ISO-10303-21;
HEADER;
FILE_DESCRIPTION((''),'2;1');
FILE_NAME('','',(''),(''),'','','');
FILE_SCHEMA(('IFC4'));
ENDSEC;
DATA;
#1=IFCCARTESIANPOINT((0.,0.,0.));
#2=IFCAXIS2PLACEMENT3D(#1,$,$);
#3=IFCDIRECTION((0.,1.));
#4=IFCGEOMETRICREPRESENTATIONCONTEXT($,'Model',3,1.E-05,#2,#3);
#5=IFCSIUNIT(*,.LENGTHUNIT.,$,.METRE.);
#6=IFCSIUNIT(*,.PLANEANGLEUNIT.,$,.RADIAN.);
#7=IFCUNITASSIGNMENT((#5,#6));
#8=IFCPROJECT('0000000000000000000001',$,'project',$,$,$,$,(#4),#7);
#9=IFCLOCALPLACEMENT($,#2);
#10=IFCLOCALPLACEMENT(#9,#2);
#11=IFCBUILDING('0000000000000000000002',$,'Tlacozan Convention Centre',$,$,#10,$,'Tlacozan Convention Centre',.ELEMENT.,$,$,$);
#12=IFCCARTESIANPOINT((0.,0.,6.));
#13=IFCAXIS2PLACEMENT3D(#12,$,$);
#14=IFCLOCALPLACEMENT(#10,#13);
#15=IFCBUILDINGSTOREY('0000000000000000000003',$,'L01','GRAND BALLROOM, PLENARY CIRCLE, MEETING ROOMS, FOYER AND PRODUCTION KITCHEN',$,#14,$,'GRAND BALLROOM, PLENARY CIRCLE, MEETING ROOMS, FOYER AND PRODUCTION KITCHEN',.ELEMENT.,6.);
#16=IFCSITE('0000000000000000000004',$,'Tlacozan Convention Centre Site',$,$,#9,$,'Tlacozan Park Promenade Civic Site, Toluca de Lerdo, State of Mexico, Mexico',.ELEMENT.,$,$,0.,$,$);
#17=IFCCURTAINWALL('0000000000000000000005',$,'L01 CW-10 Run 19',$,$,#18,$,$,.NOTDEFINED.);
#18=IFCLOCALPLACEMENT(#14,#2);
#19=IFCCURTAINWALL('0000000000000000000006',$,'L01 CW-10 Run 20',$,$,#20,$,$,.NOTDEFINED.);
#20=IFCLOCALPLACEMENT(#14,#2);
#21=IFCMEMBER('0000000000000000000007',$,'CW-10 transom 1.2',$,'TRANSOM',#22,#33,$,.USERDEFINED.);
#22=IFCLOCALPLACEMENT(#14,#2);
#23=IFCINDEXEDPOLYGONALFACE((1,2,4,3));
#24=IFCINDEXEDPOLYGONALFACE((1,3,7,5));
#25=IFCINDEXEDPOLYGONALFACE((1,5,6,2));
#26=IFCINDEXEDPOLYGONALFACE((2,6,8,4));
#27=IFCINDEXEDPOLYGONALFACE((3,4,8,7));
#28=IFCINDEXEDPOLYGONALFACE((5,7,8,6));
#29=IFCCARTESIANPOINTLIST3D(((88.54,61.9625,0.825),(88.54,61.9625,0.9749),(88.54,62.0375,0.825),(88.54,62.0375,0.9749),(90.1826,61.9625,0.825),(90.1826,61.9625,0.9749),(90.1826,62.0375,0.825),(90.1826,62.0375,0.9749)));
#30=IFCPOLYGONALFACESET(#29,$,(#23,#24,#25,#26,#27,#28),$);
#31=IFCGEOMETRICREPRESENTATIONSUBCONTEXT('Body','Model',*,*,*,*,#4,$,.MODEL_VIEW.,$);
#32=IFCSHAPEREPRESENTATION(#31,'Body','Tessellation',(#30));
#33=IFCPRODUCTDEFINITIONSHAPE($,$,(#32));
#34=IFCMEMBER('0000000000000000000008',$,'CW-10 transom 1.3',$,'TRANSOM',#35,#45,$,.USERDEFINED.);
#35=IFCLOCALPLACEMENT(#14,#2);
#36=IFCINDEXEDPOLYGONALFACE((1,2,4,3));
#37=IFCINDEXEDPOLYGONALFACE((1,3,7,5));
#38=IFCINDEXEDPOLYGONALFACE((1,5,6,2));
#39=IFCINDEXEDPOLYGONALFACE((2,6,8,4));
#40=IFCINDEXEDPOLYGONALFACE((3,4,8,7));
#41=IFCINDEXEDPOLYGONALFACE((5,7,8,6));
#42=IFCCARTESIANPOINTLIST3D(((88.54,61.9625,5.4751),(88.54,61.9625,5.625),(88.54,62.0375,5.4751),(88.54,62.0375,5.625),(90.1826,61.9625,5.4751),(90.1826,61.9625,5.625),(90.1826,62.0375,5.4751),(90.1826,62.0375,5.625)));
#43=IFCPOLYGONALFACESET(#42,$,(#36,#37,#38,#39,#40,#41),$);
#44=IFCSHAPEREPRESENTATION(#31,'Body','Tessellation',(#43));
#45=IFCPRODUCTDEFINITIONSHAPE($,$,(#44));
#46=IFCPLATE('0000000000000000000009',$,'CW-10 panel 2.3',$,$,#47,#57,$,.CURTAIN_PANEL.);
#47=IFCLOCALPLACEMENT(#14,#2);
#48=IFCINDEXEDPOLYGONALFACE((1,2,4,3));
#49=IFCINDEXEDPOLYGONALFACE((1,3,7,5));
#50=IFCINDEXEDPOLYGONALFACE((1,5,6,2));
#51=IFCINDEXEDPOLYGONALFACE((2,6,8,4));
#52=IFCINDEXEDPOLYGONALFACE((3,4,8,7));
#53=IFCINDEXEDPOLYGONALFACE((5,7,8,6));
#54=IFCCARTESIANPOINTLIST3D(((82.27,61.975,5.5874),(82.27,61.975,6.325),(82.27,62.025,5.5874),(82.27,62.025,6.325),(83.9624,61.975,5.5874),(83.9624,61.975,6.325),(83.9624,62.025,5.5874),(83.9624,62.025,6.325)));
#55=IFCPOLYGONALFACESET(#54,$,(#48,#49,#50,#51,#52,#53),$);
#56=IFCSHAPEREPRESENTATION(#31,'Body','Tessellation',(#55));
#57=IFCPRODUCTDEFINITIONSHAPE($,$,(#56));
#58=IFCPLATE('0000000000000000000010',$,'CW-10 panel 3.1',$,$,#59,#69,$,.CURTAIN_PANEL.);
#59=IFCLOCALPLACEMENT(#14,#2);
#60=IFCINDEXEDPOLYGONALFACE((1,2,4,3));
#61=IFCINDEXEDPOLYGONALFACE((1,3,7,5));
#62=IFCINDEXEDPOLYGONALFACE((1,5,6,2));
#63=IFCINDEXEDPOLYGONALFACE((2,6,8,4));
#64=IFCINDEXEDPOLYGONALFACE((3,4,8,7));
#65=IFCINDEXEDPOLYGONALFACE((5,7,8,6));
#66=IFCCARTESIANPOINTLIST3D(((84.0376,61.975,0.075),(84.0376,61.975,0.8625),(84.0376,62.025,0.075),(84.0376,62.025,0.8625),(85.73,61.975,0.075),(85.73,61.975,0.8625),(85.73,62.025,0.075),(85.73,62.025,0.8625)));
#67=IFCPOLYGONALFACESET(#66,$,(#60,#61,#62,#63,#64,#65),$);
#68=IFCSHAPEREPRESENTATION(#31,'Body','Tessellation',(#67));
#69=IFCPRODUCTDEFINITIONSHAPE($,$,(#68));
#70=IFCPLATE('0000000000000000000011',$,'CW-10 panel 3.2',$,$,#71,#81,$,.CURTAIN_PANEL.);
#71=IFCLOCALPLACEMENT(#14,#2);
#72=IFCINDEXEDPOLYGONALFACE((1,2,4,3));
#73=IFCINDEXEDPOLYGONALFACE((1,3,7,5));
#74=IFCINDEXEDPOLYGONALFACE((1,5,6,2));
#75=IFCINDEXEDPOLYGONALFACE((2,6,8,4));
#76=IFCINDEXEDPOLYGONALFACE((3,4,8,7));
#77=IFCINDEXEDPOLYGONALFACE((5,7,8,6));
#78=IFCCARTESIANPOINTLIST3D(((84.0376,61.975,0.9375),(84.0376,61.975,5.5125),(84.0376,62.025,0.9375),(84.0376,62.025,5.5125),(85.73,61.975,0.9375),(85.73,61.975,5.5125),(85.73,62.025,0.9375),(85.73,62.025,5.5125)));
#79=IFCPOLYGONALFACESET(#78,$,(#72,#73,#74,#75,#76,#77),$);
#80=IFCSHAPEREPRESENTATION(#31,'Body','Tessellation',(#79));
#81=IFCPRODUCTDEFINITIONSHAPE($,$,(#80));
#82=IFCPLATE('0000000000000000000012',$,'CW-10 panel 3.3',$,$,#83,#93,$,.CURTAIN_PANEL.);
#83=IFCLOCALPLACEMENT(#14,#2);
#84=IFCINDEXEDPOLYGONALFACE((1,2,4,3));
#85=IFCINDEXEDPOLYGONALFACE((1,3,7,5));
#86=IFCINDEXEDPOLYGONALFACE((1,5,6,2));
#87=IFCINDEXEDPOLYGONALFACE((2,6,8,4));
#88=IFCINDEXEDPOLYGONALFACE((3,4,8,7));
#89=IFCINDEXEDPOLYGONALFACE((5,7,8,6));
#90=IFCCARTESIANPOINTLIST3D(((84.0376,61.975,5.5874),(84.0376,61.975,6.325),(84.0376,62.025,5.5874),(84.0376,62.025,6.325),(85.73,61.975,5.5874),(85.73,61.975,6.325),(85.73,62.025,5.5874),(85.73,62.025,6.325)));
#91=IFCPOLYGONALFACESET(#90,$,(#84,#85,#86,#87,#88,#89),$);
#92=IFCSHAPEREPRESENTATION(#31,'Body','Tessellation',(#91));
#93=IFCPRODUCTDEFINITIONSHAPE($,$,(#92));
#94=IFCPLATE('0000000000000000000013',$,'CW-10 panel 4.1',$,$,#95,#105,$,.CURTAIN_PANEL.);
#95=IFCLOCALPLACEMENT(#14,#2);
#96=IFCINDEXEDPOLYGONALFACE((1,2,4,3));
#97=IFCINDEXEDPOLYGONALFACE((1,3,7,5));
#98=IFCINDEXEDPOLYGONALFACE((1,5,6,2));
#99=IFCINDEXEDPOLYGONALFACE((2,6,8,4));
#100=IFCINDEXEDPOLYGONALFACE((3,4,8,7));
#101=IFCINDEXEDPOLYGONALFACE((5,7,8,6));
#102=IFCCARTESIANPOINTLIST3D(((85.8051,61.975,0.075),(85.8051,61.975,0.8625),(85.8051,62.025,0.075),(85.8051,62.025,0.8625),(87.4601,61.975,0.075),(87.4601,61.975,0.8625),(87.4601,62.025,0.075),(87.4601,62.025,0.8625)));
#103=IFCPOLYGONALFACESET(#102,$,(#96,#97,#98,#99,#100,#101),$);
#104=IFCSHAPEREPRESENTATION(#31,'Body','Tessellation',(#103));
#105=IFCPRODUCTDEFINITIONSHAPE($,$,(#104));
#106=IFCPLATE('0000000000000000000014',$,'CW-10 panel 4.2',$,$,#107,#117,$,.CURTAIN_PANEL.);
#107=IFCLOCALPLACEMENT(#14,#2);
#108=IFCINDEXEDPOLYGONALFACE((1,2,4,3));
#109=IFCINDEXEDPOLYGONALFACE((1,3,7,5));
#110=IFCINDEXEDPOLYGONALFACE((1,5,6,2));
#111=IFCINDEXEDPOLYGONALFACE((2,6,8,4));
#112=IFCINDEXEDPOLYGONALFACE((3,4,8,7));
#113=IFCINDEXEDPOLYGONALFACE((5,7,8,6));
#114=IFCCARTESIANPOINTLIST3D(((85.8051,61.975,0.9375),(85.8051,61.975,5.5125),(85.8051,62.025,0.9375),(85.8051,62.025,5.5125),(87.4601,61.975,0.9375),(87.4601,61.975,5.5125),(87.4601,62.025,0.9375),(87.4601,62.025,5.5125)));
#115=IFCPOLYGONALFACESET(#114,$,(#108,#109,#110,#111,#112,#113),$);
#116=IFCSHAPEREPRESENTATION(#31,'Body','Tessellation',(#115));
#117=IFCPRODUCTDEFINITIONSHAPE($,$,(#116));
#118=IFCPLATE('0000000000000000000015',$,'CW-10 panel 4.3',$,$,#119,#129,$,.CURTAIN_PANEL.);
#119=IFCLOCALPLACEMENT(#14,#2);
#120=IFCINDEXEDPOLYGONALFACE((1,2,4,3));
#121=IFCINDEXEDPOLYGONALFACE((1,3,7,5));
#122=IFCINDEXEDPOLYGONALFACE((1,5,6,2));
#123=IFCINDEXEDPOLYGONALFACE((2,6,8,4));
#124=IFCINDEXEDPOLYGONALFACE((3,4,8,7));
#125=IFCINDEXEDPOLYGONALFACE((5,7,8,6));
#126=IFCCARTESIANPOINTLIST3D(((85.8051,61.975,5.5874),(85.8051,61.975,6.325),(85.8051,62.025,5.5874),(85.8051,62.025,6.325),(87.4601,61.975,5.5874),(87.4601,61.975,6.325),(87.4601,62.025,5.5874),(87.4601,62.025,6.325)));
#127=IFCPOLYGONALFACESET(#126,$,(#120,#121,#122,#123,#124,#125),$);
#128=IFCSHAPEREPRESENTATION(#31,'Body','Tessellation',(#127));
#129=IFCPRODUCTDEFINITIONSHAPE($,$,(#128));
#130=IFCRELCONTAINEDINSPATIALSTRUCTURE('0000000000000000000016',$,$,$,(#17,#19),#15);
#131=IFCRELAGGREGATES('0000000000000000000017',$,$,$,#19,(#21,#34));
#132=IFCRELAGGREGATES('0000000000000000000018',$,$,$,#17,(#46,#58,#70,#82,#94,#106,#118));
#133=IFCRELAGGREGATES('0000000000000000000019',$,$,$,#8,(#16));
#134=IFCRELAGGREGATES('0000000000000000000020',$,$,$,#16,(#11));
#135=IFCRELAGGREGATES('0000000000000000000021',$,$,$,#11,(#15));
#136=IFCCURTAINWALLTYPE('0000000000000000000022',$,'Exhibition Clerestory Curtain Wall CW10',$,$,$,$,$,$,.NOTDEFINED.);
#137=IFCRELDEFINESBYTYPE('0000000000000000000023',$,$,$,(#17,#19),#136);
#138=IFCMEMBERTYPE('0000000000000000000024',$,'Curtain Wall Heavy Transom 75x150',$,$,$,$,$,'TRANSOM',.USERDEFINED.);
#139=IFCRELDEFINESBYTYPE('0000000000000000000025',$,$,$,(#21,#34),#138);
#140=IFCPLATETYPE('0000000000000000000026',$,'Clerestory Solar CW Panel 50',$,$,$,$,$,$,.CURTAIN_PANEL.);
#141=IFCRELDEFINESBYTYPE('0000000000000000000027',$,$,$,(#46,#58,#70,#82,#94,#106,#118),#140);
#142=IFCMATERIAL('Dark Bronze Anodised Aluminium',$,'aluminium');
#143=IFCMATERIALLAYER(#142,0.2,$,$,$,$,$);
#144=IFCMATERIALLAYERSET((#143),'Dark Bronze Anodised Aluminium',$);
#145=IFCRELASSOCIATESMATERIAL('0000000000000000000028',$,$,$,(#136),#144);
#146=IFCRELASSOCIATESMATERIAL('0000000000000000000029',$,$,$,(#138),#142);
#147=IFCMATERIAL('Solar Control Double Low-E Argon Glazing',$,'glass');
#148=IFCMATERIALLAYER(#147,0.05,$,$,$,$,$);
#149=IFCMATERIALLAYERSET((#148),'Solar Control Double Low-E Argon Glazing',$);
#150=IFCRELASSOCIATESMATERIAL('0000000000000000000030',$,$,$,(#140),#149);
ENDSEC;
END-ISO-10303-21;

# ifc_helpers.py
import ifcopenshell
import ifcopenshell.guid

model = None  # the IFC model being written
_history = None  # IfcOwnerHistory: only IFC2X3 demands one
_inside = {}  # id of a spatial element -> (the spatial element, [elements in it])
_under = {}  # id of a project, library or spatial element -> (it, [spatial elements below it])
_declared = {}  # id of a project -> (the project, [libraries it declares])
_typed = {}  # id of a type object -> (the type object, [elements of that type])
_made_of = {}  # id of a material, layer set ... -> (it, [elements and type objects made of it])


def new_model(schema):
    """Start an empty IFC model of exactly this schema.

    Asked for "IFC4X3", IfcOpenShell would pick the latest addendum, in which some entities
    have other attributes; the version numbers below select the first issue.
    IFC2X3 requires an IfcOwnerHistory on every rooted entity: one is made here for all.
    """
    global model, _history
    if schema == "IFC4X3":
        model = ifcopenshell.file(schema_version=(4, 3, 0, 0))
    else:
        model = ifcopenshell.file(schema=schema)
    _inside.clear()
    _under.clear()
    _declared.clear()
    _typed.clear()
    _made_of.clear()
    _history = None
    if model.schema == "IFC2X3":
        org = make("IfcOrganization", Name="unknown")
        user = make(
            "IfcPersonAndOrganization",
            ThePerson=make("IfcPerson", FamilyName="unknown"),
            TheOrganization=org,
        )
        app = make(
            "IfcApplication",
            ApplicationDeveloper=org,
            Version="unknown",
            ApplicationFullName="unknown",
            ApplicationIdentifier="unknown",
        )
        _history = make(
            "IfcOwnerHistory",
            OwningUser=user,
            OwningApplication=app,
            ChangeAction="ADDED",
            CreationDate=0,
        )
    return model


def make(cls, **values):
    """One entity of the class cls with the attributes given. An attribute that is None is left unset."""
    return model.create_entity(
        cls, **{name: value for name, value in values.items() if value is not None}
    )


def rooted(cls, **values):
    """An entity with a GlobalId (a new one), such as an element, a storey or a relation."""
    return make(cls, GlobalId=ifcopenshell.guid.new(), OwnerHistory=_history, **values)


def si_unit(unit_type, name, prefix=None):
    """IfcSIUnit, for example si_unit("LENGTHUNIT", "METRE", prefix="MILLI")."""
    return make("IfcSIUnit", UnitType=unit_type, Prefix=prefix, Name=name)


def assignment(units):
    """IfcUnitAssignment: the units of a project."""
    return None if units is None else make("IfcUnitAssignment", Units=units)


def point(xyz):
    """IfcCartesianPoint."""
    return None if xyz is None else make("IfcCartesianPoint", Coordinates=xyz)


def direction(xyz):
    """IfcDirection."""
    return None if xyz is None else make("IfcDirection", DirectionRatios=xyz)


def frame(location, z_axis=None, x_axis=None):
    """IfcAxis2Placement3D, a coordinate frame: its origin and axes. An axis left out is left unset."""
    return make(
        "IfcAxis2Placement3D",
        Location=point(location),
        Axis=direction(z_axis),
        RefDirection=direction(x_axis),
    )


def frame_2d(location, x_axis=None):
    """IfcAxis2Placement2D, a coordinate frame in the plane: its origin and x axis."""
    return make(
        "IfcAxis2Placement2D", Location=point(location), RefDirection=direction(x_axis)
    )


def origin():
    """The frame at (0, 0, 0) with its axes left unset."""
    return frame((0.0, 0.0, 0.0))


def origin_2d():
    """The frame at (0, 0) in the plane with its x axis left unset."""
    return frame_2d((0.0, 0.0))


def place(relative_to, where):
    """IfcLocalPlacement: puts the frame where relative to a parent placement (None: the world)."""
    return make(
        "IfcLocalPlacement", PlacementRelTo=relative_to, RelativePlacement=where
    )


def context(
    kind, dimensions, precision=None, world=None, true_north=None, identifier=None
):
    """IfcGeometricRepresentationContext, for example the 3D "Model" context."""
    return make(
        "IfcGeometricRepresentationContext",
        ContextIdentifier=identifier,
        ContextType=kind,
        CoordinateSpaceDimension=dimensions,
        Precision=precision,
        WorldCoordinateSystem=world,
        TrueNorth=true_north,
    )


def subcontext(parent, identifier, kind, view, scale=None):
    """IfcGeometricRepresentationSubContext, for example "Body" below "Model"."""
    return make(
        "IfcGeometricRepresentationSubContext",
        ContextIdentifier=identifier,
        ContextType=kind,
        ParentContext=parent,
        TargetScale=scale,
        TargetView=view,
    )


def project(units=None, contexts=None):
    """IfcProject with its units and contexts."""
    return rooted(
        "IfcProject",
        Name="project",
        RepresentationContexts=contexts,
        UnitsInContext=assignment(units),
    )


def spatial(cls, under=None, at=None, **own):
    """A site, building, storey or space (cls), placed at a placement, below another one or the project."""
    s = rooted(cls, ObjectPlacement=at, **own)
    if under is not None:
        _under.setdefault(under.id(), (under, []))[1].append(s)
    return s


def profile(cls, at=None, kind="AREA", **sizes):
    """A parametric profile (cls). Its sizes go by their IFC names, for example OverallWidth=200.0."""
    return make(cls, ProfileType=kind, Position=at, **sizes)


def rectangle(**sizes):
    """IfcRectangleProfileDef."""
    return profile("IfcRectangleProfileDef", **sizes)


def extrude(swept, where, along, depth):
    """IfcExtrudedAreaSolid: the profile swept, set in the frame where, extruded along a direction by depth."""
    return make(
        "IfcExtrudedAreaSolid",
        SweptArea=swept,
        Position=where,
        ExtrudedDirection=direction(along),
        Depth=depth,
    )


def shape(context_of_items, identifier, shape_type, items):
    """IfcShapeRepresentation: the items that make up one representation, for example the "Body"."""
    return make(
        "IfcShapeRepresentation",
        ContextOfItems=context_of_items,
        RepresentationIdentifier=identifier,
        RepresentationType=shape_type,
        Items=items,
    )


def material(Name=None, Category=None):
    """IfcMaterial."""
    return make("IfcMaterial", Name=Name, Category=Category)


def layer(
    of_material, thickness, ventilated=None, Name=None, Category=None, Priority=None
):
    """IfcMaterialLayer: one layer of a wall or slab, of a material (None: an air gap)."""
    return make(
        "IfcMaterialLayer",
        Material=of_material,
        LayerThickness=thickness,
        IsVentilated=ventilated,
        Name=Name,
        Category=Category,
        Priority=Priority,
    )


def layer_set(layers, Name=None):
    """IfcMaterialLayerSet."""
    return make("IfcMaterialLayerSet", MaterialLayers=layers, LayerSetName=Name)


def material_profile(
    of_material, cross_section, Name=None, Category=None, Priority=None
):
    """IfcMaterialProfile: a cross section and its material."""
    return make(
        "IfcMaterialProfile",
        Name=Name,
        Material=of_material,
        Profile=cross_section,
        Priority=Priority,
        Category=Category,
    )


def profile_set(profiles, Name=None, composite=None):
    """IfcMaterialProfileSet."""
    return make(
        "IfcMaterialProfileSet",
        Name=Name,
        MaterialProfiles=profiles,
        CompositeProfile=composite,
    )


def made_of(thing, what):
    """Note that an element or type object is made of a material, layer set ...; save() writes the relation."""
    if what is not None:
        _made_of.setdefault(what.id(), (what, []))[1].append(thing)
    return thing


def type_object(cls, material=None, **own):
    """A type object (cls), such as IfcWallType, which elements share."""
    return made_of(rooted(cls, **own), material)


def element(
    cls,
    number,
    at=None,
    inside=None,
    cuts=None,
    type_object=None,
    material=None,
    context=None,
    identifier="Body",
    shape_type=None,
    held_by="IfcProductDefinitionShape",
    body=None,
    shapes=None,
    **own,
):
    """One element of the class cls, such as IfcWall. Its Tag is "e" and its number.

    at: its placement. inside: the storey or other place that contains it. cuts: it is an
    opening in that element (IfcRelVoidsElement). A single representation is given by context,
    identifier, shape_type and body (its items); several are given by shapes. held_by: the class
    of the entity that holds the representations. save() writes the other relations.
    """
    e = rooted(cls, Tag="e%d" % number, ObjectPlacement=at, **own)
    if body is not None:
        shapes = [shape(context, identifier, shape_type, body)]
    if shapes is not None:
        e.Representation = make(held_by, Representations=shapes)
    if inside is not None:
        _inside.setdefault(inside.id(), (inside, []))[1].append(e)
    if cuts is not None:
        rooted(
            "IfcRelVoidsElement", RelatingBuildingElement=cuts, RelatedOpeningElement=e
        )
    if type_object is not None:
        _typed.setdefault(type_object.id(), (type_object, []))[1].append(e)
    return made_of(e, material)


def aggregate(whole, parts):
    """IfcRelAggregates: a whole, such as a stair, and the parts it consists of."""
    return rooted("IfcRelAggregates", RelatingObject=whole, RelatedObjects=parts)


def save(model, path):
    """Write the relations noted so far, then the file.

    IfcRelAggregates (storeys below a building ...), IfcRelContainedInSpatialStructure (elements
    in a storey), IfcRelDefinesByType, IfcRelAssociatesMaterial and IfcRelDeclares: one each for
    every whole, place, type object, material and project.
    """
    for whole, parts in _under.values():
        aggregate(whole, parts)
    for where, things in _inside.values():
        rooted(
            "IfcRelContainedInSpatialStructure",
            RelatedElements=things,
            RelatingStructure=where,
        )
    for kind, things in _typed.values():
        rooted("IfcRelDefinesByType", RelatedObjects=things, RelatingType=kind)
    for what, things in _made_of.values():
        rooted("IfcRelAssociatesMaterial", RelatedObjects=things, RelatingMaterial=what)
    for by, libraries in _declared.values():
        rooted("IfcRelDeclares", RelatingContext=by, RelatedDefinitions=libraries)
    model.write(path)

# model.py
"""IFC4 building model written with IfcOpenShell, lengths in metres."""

from ifc_helpers import new_model, si_unit, direction, frame, origin, origin_2d, place, context, subcontext, project, spatial, rectangle, extrude, material, layer, layer_set, material_profile, profile_set, type_object, element, aggregate, save


model = new_model("IFC4")

# Units and contexts
model_context = context("Model", 3, precision=1e-05, world=origin(), true_north=direction((0.0, 1.0)))
body_context = subcontext(model_context, "Body", "Model", "MODEL_VIEW")
ifc_project = project(units=[si_unit("LENGTHUNIT", "METRE"), si_unit("PLANEANGLEUNIT", "RADIAN")], contexts=[model_context])

# Site, building, storey
site_placement = place(None, origin())
site = spatial("IfcSite", under=ifc_project, at=site_placement, Name="Tlacozan Convention Centre Site", LongName="Tlacozan Park Promenade Civic Site, Toluca de Lerdo, State of Mexico, Mexico", CompositionType="ELEMENT", RefElevation=0.0)
building_placement = place(site_placement, origin())
building = spatial("IfcBuilding", under=site, at=building_placement, Name="Tlacozan Convention Centre", LongName="Tlacozan Convention Centre", CompositionType="ELEMENT")
storey_placement = place(building_placement, frame((0.0, 0.0, 6.0)))
storey = spatial("IfcBuildingStorey", under=building, at=storey_placement, Name="L01", Description="GRAND BALLROOM, PLENARY CIRCLE, MEETING ROOMS, FOYER AND PRODUCTION KITCHEN", LongName="GRAND BALLROOM, PLENARY CIRCLE, MEETING ROOMS, FOYER AND PRODUCTION KITCHEN", CompositionType="ELEMENT", Elevation=6.0)

# Curtain wall
ifc_material_1 = material(Name="Dark Bronze Anodised Aluminium", Category="aluminium")
ifc_layer_1 = layer(ifc_material_1, 0.2)
ifc_layer_set_1 = layer_set([ifc_layer_1], Name="Dark Bronze Anodised Aluminium")
curtain_wall_type = type_object("IfcCurtainWallType", Name="Exhibition Clerestory Curtain Wall CW10", PredefinedType="NOTDEFINED", material=ifc_layer_set_1)
curtain_wall_1_placement = place(storey_placement, origin())
curtain_wall_1 = element("IfcCurtainWall", 1, at=curtain_wall_1_placement, inside=storey, type_object=curtain_wall_type, Name="L01 CW-10 Run 19", PredefinedType="NOTDEFINED")

# Curtain wall
curtain_wall_2_placement = place(storey_placement, origin())
curtain_wall_2 = element("IfcCurtainWall", 2, at=curtain_wall_2_placement, inside=storey, type_object=curtain_wall_type, Name="L01 CW-10 Run 20", PredefinedType="NOTDEFINED")

# Members
ifc_material_profile_1 = material_profile(ifc_material_1, rectangle(XDim=0.075, YDim=0.1499, at=origin_2d()), Name="ALU 75x150")
ifc_profile_set_1 = profile_set([ifc_material_profile_1], Name="Dark Bronze Anodised Aluminium")
member_type_1 = type_object("IfcMemberType", Name="Curtain Wall Heavy Transom 75x150", ElementType="TRANSOM", PredefinedType="USERDEFINED", material=ifc_profile_set_1)
member_1_placement = place(storey_placement, frame((88.54, 62.0, 0.8999), z_axis=(1.0, 0.0, 0.0), x_axis=(0.0, 1.0, 0.0)))
member_1 = element("IfcMember", 3, at=member_1_placement, type_object=member_type_1, Name="CW-10 transom 1.2", ObjectType="TRANSOM", PredefinedType="USERDEFINED", context=body_context, shape_type="SweptSolid", body=[
    extrude(rectangle(XDim=0.075, YDim=0.1499, at=origin_2d()), origin(), (0.0, 0.0, 1.0), 1.6426),
])
member_2_placement = place(storey_placement, frame((88.54, 62.0, 5.55), z_axis=(1.0, 0.0, 0.0), x_axis=(0.0, 1.0, 0.0)))
member_2 = element("IfcMember", 4, at=member_2_placement, type_object=member_type_1, Name="CW-10 transom 1.3", ObjectType="TRANSOM", PredefinedType="USERDEFINED", context=body_context, shape_type="SweptSolid", body=[
    extrude(rectangle(XDim=0.075, YDim=0.1499, at=origin_2d()), origin(), (0.0, 0.0, 1.0), 1.6426),
])
aggregate(curtain_wall_2, [member_1, member_2])

# Plates
ifc_material_2 = material(Name="Solar Control Double Low-E Argon Glazing", Category="glass")
ifc_layer_2 = layer(ifc_material_2, 0.05)
ifc_layer_set_2 = layer_set([ifc_layer_2], Name="Solar Control Double Low-E Argon Glazing")
plate_type = type_object("IfcPlateType", Name="Clerestory Solar CW Panel 50", PredefinedType="CURTAIN_PANEL", material=ifc_layer_set_2)
plate_1_placement = place(storey_placement, frame((83.1162, 62.0, 5.5874), z_axis=(0.0, 0.0, 1.0), x_axis=(1.0, 0.0, 0.0)))
plate_1 = element("IfcPlate", 5, at=plate_1_placement, type_object=plate_type, Name="CW-10 panel 2.3", PredefinedType="CURTAIN_PANEL", context=body_context, shape_type="SweptSolid", body=[
    extrude(rectangle(XDim=1.6924, YDim=0.05, at=origin_2d()), origin(), (0.0, 0.0, 1.0), 0.7375),
])
plate_2_placement = place(storey_placement, frame((84.8838, 62.0, 0.075), z_axis=(0.0, 0.0, 1.0), x_axis=(1.0, 0.0, 0.0)))
plate_2 = element("IfcPlate", 6, at=plate_2_placement, type_object=plate_type, Name="CW-10 panel 3.1", PredefinedType="CURTAIN_PANEL", context=body_context, shape_type="SweptSolid", body=[
    extrude(rectangle(XDim=1.6924, YDim=0.05, at=origin_2d()), origin(), (0.0, 0.0, 1.0), 0.7876),
])
plate_3_placement = place(storey_placement, frame((84.8838, 62.0, 0.9375), z_axis=(0.0, 0.0, 1.0), x_axis=(1.0, 0.0, 0.0)))
plate_3 = element("IfcPlate", 7, at=plate_3_placement, type_object=plate_type, Name="CW-10 panel 3.2", PredefinedType="CURTAIN_PANEL", context=body_context, shape_type="SweptSolid", body=[
    extrude(rectangle(XDim=1.6924, YDim=0.05, at=origin_2d()), origin(), (0.0, 0.0, 1.0), 4.575),
])
plate_4_placement = place(storey_placement, frame((84.8838, 62.0, 5.5874), z_axis=(0.0, 0.0, 1.0), x_axis=(1.0, 0.0, 0.0)))
plate_4 = element("IfcPlate", 8, at=plate_4_placement, type_object=plate_type, Name="CW-10 panel 3.3", PredefinedType="CURTAIN_PANEL", context=body_context, shape_type="SweptSolid", body=[
    extrude(rectangle(XDim=1.6924, YDim=0.05, at=origin_2d()), origin(), (0.0, 0.0, 1.0), 0.7375),
])
plate_5_placement = place(storey_placement, frame((86.6326, 62.0, 0.075), z_axis=(0.0, 0.0, 1.0), x_axis=(1.0, 0.0, 0.0)))
plate_5 = element("IfcPlate", 9, at=plate_5_placement, type_object=plate_type, Name="CW-10 panel 4.1", PredefinedType="CURTAIN_PANEL", context=body_context, shape_type="SweptSolid", body=[
    extrude(rectangle(XDim=1.655, YDim=0.05, at=origin_2d()), origin(), (0.0, 0.0, 1.0), 0.7876),
])
plate_6_placement = place(storey_placement, frame((86.6326, 62.0, 0.9375), z_axis=(0.0, 0.0, 1.0), x_axis=(1.0, 0.0, 0.0)))
plate_6 = element("IfcPlate", 10, at=plate_6_placement, type_object=plate_type, Name="CW-10 panel 4.2", PredefinedType="CURTAIN_PANEL", context=body_context, shape_type="SweptSolid", body=[
    extrude(rectangle(XDim=1.655, YDim=0.05, at=origin_2d()), origin(), (0.0, 0.0, 1.0), 4.575),
])
plate_7_placement = place(storey_placement, frame((86.6326, 62.0, 5.5874), z_axis=(0.0, 0.0, 1.0), x_axis=(1.0, 0.0, 0.0)))
plate_7 = element("IfcPlate", 11, at=plate_7_placement, type_object=plate_type, Name="CW-10 panel 4.3", PredefinedType="CURTAIN_PANEL", context=body_context, shape_type="SweptSolid", body=[
    extrude(rectangle(XDim=1.655, YDim=0.05, at=origin_2d()), origin(), (0.0, 0.0, 1.0), 0.7375),
])
aggregate(curtain_wall_1, [plate_1, plate_2, plate_3, plate_4, plate_5, plate_6, plate_7])

save(model, "model.ifc")
